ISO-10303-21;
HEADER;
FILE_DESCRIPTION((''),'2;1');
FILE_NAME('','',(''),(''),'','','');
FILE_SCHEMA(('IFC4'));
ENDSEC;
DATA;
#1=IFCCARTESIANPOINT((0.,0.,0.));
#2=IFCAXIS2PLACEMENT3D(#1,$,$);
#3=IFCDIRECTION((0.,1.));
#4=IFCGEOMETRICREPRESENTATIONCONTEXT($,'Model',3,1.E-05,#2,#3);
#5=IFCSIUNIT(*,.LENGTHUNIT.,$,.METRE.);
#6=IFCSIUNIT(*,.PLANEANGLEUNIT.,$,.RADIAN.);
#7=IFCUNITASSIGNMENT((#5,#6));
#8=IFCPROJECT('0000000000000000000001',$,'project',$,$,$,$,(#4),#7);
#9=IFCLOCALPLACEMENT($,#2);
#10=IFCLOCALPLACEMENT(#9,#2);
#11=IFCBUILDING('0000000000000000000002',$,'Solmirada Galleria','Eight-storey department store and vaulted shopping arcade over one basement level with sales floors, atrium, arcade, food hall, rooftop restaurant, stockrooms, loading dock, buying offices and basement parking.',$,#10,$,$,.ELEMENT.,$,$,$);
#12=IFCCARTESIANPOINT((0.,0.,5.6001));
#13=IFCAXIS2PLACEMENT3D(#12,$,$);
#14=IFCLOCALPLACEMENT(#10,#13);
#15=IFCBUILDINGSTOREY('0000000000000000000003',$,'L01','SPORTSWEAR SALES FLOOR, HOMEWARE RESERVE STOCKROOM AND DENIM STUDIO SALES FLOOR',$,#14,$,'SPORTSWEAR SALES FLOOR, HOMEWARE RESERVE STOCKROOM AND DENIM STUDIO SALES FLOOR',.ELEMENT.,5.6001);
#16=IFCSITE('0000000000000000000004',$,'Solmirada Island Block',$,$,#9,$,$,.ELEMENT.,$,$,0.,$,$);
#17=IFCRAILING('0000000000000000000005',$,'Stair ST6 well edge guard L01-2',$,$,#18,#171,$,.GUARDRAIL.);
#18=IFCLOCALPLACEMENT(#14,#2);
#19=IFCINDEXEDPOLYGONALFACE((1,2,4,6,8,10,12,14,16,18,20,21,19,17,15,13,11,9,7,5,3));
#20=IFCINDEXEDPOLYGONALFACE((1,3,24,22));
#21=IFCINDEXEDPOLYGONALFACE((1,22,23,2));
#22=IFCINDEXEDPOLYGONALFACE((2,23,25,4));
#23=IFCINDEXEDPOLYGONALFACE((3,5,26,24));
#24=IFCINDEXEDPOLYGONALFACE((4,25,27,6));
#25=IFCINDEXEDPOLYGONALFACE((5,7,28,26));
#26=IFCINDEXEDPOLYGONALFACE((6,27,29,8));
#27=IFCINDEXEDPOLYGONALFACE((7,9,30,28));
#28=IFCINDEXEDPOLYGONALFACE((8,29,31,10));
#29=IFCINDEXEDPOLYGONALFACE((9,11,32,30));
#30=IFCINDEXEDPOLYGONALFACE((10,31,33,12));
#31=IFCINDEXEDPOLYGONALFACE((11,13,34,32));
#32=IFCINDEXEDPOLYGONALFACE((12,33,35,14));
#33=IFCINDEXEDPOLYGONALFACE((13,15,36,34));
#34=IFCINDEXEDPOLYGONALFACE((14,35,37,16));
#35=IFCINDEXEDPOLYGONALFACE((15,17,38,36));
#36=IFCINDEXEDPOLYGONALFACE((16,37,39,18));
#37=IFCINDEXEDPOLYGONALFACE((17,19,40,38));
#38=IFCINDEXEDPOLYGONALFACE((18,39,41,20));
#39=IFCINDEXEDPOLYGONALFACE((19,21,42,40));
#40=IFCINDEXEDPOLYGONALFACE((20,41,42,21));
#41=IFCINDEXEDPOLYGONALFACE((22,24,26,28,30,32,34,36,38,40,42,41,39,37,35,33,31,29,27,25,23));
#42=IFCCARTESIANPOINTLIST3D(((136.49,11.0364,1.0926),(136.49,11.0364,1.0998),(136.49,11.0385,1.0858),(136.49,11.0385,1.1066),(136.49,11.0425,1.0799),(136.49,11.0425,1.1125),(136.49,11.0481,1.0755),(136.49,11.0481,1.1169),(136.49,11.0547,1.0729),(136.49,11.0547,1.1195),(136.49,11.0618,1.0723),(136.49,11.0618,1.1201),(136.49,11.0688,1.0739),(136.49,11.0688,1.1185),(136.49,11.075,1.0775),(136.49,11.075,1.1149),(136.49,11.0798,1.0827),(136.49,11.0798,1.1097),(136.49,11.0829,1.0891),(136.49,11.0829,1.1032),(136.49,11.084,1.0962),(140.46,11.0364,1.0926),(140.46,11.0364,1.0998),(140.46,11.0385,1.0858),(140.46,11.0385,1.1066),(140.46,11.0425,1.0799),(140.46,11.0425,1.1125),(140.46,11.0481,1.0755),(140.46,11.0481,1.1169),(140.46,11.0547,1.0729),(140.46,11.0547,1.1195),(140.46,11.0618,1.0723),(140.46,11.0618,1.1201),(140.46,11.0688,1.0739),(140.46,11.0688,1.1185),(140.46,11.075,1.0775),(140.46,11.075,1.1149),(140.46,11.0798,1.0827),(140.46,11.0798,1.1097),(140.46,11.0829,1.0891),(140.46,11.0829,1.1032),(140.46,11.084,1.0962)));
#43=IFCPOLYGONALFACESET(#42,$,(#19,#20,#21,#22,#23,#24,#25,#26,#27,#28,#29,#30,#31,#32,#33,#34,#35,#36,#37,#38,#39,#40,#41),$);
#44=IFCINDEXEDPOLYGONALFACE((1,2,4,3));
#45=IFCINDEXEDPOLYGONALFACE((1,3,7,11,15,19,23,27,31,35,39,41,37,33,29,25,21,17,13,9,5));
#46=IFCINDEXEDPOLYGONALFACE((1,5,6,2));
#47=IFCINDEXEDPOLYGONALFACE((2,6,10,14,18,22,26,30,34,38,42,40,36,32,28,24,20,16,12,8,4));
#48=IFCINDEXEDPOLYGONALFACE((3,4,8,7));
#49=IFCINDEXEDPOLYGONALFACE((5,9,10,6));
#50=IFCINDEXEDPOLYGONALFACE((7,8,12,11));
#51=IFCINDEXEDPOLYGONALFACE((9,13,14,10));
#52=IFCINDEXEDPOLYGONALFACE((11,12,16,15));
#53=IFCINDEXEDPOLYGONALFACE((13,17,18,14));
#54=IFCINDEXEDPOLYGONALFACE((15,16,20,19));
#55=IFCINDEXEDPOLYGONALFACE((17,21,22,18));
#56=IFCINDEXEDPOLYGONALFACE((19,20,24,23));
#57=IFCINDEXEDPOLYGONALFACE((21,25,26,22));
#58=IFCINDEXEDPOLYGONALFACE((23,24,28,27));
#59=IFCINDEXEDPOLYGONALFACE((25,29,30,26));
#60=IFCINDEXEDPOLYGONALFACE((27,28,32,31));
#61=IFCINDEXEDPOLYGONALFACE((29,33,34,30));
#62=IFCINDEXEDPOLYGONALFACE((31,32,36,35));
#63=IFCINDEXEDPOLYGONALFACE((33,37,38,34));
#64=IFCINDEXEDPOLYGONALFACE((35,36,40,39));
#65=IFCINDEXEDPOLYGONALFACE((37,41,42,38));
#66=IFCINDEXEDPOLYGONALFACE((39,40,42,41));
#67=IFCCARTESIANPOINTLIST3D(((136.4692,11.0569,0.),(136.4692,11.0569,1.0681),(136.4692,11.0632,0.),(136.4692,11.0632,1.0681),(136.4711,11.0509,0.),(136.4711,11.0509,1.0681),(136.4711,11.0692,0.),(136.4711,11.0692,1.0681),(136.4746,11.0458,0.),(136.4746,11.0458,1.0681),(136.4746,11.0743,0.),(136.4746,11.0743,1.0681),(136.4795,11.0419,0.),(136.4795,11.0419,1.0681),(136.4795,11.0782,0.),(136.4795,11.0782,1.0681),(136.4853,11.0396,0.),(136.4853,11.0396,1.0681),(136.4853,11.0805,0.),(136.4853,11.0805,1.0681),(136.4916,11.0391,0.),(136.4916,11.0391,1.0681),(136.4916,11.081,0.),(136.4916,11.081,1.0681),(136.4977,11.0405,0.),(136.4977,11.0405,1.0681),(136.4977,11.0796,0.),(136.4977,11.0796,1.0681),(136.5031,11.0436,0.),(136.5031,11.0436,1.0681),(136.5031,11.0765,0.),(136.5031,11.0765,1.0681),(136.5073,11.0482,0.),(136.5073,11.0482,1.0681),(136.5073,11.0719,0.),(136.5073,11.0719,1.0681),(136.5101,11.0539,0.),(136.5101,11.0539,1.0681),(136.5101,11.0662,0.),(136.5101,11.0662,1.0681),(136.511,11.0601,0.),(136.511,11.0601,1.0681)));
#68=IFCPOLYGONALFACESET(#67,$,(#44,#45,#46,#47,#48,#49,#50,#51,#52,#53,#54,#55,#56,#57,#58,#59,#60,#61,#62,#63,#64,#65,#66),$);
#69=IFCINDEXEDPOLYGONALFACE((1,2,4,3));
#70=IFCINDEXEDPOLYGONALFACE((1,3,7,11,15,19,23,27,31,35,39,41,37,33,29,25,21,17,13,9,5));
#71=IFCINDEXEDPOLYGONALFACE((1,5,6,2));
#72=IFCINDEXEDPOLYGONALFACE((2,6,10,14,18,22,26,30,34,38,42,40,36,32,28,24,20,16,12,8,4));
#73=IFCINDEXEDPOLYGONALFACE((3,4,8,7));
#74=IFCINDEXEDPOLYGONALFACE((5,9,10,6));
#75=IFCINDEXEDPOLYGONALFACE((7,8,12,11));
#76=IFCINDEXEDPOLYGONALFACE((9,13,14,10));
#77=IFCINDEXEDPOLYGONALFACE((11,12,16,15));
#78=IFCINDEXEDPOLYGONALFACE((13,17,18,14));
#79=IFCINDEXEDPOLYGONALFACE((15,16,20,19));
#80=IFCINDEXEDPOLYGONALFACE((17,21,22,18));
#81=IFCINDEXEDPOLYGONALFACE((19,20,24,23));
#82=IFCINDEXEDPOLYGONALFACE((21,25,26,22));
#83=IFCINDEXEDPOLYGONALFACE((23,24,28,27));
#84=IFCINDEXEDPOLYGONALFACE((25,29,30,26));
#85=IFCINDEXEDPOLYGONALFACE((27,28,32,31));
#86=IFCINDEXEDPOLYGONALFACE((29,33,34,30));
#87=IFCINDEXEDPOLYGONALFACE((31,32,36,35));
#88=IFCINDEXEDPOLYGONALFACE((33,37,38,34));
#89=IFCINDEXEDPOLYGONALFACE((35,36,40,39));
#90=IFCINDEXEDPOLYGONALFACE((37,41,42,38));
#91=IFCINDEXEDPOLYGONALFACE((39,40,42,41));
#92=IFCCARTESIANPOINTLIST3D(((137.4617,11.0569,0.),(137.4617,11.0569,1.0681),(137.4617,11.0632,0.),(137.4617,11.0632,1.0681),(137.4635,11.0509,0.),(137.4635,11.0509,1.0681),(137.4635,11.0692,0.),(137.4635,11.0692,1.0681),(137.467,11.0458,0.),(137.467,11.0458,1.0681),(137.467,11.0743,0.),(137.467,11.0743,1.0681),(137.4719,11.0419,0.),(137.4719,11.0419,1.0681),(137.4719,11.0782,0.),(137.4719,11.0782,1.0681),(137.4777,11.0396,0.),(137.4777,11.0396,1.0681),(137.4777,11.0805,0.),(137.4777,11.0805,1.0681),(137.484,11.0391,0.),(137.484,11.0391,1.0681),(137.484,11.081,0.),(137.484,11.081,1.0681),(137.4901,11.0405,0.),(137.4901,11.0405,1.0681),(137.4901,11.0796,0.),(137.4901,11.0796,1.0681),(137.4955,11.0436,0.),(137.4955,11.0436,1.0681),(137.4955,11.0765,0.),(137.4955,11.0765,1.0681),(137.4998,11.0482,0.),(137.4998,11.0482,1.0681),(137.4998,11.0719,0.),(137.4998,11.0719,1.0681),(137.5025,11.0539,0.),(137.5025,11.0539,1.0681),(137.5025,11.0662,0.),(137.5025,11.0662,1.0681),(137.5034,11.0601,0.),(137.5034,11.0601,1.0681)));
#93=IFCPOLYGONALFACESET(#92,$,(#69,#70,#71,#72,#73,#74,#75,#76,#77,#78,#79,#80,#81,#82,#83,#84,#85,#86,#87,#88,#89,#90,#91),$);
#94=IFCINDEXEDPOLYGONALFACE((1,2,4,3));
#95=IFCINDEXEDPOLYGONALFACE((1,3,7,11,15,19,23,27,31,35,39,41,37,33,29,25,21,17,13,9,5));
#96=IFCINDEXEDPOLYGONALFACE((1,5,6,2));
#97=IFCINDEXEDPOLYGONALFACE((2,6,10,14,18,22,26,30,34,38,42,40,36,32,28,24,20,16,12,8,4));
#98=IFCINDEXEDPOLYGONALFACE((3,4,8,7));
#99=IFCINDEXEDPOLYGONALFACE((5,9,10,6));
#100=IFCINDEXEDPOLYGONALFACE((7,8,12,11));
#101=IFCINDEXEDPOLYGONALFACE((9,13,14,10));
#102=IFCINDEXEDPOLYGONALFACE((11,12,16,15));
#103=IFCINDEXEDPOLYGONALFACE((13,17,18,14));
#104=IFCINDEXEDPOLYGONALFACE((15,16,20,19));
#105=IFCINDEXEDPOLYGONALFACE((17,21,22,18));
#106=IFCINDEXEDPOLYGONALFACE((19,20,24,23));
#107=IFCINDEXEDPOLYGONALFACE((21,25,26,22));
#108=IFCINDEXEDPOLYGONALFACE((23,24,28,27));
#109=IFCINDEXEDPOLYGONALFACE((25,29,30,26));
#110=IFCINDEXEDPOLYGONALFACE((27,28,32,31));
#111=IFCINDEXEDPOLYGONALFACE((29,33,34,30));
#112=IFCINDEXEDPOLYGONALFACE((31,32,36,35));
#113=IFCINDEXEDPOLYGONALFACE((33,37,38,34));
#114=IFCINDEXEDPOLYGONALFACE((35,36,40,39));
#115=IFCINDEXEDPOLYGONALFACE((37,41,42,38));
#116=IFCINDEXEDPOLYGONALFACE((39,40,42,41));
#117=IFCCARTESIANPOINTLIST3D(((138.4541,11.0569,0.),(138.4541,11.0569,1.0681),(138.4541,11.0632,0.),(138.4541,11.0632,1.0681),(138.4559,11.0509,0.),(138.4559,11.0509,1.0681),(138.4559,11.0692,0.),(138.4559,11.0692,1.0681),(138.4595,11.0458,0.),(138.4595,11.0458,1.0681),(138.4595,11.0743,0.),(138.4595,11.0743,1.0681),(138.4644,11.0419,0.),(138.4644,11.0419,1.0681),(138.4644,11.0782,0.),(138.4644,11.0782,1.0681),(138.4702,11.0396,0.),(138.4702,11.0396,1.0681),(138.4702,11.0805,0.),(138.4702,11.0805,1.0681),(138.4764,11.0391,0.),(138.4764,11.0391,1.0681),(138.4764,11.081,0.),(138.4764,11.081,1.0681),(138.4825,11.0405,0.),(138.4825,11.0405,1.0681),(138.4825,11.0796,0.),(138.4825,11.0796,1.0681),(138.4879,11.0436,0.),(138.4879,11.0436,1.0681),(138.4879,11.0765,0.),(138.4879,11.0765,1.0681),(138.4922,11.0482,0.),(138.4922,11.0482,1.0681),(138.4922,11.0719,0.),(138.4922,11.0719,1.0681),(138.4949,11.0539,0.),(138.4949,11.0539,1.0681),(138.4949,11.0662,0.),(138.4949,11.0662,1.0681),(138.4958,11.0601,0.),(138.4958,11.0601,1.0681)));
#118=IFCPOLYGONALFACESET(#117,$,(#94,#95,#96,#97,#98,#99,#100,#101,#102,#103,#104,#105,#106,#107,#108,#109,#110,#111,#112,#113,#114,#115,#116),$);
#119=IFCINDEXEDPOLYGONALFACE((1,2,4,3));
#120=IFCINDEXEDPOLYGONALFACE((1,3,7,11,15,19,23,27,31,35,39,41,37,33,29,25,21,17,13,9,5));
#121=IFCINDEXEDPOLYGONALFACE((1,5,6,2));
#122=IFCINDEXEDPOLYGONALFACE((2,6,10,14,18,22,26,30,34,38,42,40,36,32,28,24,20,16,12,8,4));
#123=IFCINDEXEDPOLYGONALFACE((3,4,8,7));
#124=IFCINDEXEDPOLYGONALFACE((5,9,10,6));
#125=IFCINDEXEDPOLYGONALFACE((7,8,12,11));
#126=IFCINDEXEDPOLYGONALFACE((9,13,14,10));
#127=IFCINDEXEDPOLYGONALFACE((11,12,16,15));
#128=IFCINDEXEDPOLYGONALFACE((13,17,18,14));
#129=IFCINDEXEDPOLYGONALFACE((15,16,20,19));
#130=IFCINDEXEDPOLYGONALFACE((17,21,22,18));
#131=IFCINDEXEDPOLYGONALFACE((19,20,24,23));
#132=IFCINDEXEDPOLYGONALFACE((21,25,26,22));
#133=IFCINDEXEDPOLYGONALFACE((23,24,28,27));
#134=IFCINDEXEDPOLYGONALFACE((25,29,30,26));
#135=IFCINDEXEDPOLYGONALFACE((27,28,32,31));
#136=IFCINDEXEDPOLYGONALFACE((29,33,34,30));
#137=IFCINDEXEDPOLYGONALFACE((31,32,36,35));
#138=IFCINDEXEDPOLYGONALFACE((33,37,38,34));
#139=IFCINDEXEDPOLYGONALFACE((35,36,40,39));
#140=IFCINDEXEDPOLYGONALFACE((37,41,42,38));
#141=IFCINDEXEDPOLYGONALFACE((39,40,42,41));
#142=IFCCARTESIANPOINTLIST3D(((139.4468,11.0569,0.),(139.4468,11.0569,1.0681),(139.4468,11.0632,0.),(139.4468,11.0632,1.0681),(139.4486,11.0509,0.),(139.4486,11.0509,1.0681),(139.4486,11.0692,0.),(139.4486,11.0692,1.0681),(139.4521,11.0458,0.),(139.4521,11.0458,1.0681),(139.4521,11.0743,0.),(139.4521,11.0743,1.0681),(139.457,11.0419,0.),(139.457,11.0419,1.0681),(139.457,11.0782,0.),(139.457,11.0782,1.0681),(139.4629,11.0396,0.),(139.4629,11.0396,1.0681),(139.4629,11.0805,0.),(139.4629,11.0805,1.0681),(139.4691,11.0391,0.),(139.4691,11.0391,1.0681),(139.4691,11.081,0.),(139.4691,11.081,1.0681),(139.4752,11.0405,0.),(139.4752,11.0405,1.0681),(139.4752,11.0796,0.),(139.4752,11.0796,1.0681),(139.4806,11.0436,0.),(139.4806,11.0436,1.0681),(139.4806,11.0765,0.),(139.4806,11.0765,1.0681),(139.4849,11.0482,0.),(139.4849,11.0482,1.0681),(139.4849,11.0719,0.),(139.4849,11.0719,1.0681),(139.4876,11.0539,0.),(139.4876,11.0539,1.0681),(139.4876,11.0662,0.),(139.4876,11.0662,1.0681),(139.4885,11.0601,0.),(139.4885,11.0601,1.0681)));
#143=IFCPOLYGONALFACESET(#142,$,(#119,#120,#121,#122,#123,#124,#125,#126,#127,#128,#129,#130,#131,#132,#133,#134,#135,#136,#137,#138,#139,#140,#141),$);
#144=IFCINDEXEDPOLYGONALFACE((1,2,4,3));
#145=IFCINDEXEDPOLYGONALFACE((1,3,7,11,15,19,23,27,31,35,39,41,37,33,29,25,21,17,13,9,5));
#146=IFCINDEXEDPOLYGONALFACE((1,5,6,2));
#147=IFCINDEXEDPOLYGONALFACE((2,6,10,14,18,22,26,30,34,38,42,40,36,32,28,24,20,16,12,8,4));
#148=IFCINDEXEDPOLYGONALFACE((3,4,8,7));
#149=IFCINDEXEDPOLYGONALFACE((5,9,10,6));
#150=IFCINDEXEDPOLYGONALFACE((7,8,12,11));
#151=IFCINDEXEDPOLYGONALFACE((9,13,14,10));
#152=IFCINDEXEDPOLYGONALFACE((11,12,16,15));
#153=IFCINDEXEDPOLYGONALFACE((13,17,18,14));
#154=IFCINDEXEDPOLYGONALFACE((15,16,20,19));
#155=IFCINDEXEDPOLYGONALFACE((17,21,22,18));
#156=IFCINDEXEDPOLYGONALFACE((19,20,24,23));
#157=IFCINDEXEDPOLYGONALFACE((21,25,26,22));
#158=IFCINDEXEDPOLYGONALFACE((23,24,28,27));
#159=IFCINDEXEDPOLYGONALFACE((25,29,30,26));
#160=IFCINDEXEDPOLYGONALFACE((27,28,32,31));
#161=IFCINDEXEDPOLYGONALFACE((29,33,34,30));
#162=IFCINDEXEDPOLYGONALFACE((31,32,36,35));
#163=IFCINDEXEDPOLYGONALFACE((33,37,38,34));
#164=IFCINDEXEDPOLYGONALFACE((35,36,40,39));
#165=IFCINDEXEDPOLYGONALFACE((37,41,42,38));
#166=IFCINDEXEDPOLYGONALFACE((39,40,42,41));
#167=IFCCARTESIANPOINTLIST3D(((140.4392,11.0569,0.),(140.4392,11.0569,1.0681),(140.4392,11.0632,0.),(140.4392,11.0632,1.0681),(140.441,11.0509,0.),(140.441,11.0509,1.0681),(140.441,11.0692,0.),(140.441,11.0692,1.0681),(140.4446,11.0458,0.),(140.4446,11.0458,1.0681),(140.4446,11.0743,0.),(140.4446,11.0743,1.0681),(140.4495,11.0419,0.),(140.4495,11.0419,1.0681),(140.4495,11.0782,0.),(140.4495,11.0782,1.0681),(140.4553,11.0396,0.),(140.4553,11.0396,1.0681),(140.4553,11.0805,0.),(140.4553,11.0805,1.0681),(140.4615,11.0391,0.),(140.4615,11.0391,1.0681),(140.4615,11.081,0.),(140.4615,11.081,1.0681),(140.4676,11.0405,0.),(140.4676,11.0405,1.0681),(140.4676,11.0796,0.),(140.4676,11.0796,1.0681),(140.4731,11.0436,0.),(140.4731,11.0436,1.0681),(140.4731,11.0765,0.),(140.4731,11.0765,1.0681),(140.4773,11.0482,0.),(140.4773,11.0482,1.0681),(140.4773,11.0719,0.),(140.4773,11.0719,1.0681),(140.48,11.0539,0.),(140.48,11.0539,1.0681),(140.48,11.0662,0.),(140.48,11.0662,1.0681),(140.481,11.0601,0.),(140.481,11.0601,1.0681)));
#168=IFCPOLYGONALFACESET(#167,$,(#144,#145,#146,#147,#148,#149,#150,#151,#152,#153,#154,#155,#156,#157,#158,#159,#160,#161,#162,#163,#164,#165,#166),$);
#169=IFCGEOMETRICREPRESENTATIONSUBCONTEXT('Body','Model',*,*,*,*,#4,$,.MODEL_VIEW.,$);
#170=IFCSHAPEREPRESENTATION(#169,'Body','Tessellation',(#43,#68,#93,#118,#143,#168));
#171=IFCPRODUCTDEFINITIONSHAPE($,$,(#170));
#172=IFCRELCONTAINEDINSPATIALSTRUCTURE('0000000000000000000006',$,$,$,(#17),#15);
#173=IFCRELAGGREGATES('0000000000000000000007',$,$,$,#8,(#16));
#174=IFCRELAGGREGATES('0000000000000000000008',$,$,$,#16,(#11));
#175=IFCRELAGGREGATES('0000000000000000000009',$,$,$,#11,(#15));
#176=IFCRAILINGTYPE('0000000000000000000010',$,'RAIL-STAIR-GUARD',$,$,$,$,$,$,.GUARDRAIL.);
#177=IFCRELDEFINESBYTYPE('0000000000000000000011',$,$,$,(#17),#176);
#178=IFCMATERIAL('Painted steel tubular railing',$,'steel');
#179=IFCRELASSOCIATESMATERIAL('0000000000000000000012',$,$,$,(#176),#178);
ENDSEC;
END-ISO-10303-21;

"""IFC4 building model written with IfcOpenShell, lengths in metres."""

from ifc_helpers import new_model, si_unit, direction, frame, origin, origin_2d, place, context, subcontext, project, spatial, circle, extrude, material, type_object, element, save


model = new_model("IFC4")

# Units and contexts
model_context = context("Model", 3, precision=1e-05, world=origin(), true_north=direction((0.0, 1.0)))
body_context = subcontext(model_context, "Body", "Model", "MODEL_VIEW")
ifc_project = project(units=[si_unit("LENGTHUNIT", "METRE"), si_unit("PLANEANGLEUNIT", "RADIAN")], contexts=[model_context])

# Site, building, storey
site_placement = place(None, origin())
site = spatial("IfcSite", under=ifc_project, at=site_placement, Name="Solmirada Island Block", CompositionType="ELEMENT", RefElevation=0.0)
building_placement = place(site_placement, origin())
building = spatial("IfcBuilding", under=site, at=building_placement, Name="Solmirada Galleria", Description="Eight-storey department store and vaulted shopping arcade over one basement level with sales floors, atrium, arcade, food hall, rooftop restaurant, stockrooms, loading dock, buying offices and basement parking.", CompositionType="ELEMENT")
storey_placement = place(building_placement, frame((0.0, 0.0, 5.6001)))
storey = spatial("IfcBuildingStorey", under=building, at=storey_placement, Name="L01", Description="SPORTSWEAR SALES FLOOR, HOMEWARE RESERVE STOCKROOM AND DENIM STUDIO SALES FLOOR", LongName="SPORTSWEAR SALES FLOOR, HOMEWARE RESERVE STOCKROOM AND DENIM STUDIO SALES FLOOR", CompositionType="ELEMENT", Elevation=5.6001)

# Railing
ifc_material_1 = material(Name="Painted steel tubular railing", Category="steel")
railing_type = type_object("IfcRailingType", Name="RAIL-STAIR-GUARD", PredefinedType="GUARDRAIL", material=ifc_material_1)
railing_placement = place(storey_placement, frame((136.49, 11.0601, 0.0)))
element("IfcRailing", 1, at=railing_placement, inside=storey, type_object=railing_type, Name="Stair ST6 well edge guard L01-2", PredefinedType="GUARDRAIL", context=body_context, shape_type="SweptSolid", body=[
    extrude(circle(Radius=0.0239, at=origin_2d()), frame((0.0, 0.0, 1.0962), z_axis=(1.0, 0.0, 0.0), x_axis=(0.0, 1.0, 0.0)), (0.0, 0.0, 1.0), 3.97),
    extrude(circle(Radius=0.021, at=origin_2d()), origin(), (0.0, 0.0, 1.0), 1.0681),
    extrude(circle(Radius=0.021, at=origin_2d()), frame((0.9924, 0.0, 0.0)), (0.0, 0.0, 1.0), 1.0681),
    extrude(circle(Radius=0.021, at=origin_2d()), frame((1.9849, 0.0, 0.0)), (0.0, 0.0, 1.0), 1.0681),
    extrude(circle(Radius=0.021, at=origin_2d()), frame((2.9775, 0.0, 0.0)), (0.0, 0.0, 1.0), 1.0681),
    extrude(circle(Radius=0.021, at=origin_2d()), frame((3.97, 0.0, 0.0)), (0.0, 0.0, 1.0), 1.0681),
])

save(model, "model.ifc")
